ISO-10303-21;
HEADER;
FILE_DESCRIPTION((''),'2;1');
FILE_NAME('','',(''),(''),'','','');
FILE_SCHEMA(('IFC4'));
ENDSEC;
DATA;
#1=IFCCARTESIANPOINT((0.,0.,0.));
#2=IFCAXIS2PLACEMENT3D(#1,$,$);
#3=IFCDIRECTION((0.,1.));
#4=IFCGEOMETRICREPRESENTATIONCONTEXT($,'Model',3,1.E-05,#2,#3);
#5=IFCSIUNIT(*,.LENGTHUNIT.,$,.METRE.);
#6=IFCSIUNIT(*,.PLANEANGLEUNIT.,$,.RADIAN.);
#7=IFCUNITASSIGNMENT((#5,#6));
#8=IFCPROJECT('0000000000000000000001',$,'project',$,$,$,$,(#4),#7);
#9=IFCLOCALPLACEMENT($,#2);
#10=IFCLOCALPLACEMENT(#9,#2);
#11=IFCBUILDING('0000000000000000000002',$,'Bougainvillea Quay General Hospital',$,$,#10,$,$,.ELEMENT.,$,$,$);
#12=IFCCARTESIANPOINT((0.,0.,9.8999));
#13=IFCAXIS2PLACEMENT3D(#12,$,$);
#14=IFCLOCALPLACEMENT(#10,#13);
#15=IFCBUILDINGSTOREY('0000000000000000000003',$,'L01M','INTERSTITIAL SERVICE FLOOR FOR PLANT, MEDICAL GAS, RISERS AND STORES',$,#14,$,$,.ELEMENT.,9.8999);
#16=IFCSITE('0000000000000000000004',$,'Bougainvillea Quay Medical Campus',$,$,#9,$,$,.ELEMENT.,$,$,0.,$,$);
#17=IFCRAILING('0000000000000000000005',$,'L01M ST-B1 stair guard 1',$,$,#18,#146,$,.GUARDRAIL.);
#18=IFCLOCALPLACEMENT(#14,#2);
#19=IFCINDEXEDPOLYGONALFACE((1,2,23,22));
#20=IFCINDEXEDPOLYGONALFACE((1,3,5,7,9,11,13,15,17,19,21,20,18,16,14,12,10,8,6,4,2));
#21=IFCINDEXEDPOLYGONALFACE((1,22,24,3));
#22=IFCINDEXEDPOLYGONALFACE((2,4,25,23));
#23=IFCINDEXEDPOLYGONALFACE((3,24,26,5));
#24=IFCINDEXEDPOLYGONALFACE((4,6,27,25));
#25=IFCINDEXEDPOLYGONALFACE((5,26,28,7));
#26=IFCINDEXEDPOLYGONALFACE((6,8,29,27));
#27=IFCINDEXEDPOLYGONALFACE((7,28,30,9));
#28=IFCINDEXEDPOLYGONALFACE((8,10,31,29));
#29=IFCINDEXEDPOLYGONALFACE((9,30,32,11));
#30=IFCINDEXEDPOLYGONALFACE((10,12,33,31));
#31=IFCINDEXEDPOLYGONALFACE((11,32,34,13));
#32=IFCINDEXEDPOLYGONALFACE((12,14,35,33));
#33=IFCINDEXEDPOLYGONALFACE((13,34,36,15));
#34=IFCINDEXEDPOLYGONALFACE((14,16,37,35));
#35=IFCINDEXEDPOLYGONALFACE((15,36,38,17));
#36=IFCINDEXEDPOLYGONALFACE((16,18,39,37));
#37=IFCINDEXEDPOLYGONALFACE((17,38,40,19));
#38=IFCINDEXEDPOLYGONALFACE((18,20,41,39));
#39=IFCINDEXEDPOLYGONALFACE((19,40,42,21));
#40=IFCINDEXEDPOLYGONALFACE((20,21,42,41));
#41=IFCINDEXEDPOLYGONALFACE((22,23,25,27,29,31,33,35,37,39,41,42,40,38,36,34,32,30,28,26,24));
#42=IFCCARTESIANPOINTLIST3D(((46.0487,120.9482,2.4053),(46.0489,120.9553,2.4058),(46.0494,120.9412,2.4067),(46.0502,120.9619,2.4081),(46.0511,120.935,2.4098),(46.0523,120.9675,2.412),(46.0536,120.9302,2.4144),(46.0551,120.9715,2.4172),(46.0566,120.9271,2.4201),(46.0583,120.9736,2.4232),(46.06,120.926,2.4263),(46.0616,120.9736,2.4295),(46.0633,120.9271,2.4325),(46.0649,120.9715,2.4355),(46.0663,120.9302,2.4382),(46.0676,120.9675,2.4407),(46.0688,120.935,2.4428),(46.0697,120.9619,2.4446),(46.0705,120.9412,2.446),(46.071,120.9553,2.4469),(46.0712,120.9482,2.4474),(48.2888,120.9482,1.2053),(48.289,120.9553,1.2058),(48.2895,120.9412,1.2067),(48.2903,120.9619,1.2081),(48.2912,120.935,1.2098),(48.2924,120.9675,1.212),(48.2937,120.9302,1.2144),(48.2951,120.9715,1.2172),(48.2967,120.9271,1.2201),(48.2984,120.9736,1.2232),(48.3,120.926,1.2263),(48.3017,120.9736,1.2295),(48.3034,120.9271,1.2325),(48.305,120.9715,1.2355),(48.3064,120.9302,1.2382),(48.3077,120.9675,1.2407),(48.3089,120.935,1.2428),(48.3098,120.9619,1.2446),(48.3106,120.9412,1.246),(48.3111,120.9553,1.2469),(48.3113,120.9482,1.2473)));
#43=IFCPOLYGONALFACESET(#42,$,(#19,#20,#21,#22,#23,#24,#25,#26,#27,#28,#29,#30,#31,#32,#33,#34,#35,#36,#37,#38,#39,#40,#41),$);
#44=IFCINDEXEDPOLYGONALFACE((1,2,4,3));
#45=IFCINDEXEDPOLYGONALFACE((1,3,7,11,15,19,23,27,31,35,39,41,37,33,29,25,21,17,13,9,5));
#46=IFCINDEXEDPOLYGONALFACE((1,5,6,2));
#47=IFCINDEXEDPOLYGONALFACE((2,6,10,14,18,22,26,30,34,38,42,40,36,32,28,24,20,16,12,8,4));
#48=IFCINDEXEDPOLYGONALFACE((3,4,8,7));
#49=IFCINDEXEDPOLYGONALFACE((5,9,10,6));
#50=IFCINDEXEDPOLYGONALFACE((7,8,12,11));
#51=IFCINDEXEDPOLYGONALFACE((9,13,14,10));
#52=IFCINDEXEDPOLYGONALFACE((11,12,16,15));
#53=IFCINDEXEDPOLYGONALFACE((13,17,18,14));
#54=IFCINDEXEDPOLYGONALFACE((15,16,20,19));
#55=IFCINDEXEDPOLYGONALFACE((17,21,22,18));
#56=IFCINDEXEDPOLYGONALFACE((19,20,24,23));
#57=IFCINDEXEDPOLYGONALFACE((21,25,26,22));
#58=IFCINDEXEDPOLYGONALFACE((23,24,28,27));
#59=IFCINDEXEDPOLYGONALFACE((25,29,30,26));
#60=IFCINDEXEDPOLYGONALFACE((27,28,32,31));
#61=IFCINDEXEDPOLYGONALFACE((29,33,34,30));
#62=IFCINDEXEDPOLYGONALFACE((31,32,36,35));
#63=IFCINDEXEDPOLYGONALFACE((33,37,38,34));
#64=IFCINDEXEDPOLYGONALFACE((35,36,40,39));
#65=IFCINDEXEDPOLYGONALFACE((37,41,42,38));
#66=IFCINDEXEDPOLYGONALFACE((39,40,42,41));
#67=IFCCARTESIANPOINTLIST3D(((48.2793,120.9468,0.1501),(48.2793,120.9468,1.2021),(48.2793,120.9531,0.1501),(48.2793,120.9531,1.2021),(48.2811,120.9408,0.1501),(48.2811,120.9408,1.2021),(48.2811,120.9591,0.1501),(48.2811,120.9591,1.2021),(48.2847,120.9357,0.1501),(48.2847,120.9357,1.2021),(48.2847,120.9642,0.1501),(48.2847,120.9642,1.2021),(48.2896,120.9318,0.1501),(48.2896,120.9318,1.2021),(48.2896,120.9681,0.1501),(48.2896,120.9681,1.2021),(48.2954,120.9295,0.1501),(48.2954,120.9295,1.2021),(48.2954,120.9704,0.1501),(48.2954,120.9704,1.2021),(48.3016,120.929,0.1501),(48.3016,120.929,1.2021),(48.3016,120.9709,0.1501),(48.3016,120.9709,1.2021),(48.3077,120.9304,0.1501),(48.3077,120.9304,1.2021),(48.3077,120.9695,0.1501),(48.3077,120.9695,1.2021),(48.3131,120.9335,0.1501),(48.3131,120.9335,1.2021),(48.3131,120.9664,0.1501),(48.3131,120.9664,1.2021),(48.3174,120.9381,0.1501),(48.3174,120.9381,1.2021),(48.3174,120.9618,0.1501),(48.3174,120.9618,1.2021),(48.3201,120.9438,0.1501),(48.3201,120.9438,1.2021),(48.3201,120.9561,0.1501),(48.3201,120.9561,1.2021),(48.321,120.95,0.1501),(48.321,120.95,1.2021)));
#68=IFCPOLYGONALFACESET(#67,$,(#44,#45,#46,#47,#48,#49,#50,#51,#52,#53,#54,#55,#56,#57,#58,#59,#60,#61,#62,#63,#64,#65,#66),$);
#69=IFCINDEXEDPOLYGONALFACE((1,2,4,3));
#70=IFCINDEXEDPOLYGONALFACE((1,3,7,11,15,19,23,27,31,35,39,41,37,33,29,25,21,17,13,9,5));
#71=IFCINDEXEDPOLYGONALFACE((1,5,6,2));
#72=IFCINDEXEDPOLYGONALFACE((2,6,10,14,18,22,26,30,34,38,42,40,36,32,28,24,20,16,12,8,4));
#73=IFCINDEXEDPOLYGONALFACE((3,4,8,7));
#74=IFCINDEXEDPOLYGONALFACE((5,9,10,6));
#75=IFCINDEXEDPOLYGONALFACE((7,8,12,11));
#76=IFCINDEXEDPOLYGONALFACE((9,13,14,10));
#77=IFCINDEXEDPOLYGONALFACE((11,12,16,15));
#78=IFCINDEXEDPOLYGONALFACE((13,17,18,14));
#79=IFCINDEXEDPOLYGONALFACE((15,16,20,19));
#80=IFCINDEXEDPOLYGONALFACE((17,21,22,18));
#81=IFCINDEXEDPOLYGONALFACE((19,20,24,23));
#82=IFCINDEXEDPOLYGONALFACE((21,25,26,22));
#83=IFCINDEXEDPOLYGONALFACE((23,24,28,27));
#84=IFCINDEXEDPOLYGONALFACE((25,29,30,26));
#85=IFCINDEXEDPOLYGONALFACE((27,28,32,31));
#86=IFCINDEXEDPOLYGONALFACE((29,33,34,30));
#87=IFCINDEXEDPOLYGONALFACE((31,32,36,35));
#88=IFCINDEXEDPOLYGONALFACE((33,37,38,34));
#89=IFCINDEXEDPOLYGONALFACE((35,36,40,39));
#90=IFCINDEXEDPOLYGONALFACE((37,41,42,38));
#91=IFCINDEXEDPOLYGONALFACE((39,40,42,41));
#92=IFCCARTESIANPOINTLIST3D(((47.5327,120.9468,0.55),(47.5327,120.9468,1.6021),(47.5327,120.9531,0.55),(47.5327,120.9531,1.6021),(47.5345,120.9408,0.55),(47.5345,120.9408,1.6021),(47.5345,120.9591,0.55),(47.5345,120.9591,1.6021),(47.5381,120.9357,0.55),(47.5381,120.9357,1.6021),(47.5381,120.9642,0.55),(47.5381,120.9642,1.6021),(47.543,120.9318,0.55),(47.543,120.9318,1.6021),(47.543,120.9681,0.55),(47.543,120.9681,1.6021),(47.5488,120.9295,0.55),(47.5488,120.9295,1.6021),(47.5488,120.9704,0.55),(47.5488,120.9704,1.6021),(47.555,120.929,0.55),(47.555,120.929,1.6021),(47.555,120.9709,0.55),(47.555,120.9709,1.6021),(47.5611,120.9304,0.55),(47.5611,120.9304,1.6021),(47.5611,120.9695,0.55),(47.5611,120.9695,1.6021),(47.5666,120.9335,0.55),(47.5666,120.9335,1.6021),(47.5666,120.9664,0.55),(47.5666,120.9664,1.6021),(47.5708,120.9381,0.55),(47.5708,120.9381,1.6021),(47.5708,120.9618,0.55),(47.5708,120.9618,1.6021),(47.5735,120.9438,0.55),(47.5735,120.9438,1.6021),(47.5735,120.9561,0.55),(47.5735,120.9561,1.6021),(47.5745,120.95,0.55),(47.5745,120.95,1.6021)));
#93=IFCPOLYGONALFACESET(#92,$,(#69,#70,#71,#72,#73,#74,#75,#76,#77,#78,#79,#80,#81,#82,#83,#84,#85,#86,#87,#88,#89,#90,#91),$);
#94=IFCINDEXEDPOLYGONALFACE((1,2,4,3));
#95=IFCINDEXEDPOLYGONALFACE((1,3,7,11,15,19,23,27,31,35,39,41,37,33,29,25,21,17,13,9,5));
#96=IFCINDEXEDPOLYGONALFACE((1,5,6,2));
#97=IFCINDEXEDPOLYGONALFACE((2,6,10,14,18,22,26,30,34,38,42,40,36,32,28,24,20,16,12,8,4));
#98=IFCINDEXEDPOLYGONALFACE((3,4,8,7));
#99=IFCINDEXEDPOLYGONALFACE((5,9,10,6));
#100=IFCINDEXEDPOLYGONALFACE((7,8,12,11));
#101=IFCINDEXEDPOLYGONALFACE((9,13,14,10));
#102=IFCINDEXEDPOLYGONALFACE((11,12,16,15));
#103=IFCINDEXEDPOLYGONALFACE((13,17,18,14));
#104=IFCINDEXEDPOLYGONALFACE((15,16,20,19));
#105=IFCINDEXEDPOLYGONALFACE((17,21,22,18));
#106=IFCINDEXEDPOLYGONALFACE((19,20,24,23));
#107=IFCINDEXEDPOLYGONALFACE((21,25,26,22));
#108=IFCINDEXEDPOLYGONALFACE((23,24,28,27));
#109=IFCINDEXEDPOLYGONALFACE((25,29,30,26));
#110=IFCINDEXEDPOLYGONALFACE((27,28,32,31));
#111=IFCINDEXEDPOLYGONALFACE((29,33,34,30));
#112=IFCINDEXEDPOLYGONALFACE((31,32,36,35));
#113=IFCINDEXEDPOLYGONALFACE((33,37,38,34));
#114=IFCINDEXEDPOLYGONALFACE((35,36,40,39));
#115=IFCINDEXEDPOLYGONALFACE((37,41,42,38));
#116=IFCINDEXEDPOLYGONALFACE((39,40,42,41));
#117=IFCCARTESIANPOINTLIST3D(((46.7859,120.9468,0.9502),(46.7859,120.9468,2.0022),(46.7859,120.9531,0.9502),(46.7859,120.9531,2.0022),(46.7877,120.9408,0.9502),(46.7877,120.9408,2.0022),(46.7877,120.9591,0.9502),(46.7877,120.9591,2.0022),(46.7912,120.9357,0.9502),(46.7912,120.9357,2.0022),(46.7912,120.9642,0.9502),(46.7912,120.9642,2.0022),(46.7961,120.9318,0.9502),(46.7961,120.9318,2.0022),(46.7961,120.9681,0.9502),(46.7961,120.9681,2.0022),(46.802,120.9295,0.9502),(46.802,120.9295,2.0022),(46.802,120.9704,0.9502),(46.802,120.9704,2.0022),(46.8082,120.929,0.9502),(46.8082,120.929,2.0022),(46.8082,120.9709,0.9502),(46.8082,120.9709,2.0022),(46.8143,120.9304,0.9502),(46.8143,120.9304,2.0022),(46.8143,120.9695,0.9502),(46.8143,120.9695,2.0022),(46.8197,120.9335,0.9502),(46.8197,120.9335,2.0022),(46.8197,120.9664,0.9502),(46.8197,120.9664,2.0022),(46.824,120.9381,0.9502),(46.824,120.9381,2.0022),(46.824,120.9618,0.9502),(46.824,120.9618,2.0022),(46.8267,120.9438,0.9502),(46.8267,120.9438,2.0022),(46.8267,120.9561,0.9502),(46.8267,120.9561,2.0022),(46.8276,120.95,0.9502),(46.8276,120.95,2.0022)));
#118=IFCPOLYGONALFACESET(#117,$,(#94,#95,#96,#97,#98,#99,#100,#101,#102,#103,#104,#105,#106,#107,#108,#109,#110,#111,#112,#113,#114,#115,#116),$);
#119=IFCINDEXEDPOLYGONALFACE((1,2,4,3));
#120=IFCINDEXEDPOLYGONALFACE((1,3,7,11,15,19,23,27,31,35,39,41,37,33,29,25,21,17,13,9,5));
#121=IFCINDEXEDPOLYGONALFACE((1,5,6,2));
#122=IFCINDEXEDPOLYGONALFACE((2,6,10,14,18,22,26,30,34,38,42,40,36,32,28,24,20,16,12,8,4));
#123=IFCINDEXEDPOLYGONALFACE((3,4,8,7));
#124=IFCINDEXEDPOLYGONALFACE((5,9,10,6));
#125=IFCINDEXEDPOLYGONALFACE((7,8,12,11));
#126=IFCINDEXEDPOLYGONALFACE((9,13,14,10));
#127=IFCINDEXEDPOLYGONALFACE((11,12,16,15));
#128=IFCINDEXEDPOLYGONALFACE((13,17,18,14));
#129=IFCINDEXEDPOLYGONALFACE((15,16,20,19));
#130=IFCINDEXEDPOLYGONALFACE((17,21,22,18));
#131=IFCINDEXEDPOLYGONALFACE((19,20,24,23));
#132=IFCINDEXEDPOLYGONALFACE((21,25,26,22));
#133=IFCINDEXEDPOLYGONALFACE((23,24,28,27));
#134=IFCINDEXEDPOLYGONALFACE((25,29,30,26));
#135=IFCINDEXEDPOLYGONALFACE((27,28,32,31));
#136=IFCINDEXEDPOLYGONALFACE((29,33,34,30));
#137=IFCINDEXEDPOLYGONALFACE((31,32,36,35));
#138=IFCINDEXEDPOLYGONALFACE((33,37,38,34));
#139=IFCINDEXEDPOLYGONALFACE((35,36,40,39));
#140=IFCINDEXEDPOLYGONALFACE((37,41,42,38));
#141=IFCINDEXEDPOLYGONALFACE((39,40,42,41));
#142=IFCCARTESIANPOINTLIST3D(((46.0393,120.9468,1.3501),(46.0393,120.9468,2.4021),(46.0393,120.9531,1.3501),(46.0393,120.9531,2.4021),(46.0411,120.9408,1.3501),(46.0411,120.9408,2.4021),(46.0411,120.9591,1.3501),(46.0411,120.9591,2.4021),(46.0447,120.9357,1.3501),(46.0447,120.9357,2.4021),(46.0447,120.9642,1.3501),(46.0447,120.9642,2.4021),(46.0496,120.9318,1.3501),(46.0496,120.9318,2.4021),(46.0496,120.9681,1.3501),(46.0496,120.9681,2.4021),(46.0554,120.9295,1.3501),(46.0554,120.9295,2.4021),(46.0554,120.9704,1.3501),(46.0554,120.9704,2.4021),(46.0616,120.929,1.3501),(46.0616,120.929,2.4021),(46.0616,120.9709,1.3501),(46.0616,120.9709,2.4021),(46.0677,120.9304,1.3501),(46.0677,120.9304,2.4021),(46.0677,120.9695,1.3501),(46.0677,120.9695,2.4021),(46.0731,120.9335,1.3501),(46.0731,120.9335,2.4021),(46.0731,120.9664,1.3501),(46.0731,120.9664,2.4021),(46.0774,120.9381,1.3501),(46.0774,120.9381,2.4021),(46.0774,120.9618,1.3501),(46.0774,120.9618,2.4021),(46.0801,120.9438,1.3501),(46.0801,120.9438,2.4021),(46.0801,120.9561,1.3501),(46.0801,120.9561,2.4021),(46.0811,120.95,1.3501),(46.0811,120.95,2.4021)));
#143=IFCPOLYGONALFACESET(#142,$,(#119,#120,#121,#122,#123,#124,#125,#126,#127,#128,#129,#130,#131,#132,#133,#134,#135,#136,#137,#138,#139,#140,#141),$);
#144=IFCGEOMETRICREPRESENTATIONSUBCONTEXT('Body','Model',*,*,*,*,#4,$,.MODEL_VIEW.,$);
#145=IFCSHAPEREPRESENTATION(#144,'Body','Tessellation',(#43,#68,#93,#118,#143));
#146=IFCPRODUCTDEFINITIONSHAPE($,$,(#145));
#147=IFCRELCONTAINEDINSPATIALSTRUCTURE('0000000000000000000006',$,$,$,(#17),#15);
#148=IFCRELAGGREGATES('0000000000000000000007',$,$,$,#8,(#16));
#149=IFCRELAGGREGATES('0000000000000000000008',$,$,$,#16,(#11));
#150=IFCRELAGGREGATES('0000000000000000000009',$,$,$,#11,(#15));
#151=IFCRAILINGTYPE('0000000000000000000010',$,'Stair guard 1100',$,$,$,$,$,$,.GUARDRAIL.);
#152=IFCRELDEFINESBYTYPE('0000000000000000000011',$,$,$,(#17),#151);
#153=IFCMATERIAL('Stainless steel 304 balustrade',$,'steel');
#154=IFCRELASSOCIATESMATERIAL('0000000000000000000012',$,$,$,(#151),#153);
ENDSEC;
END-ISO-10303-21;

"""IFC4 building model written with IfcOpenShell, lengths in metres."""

from ifc_helpers import new_model, si_unit, direction, frame, origin, origin_2d, place, context, subcontext, project, spatial, circle, extrude, material, type_object, element, save


model = new_model("IFC4")

# Units and contexts
model_context = context("Model", 3, precision=1e-05, world=origin(), true_north=direction((0.0, 1.0)))
body_context = subcontext(model_context, "Body", "Model", "MODEL_VIEW")
ifc_project = project(units=[si_unit("LENGTHUNIT", "METRE"), si_unit("PLANEANGLEUNIT", "RADIAN")], contexts=[model_context])

# Site, building, storey
site_placement = place(None, origin())
site = spatial("IfcSite", under=ifc_project, at=site_placement, Name="Bougainvillea Quay Medical Campus", CompositionType="ELEMENT", RefElevation=0.0)
building_placement = place(site_placement, origin())
building = spatial("IfcBuilding", under=site, at=building_placement, Name="Bougainvillea Quay General Hospital", CompositionType="ELEMENT")
storey_placement = place(building_placement, frame((0.0, 0.0, 9.8999)))
storey = spatial("IfcBuildingStorey", under=building, at=storey_placement, Name="L01M", Description="INTERSTITIAL SERVICE FLOOR FOR PLANT, MEDICAL GAS, RISERS AND STORES", CompositionType="ELEMENT", Elevation=9.8999)

# Railing
ifc_material_1 = material(Name="Stainless steel 304 balustrade", Category="steel")
railing_type_1 = type_object("IfcRailingType", Name="Stair guard 1100", PredefinedType="GUARDRAIL", material=ifc_material_1)
railing_1_placement = place(storey_placement, frame((48.3, 120.95, 0.1501)))
element("IfcRailing", 1, at=railing_1_placement, inside=storey, type_object=railing_type_1, Name="L01M ST-B1 stair guard 1", PredefinedType="GUARDRAIL", context=body_context, shape_type="SweptSolid", body=[
    extrude(circle(Radius=0.0239, at=origin_2d()), frame((0.0, 0.0, 1.0762), z_axis=(-0.881487, 0.0, 0.472208), x_axis=(0.0, -1.0, 0.0)), (0.0, 0.0, 1.0), 2.5413),
    extrude(circle(Radius=0.021, at=origin_2d()), origin(), (0.0, 0.0, 1.0), 1.052),
    extrude(circle(Radius=0.021, at=origin_2d()), frame((-0.7466, 0.0, 0.3999)), (0.0, 0.0, 1.0), 1.052),
    extrude(circle(Radius=0.021, at=origin_2d()), frame((-1.4934, 0.0, 0.8)), (0.0, 0.0, 1.0), 1.052),
    extrude(circle(Radius=0.021, at=origin_2d()), frame((-2.24, 0.0, 1.2)), (0.0, 0.0, 1.0), 1.052),
])

save(model, "model.ifc")
